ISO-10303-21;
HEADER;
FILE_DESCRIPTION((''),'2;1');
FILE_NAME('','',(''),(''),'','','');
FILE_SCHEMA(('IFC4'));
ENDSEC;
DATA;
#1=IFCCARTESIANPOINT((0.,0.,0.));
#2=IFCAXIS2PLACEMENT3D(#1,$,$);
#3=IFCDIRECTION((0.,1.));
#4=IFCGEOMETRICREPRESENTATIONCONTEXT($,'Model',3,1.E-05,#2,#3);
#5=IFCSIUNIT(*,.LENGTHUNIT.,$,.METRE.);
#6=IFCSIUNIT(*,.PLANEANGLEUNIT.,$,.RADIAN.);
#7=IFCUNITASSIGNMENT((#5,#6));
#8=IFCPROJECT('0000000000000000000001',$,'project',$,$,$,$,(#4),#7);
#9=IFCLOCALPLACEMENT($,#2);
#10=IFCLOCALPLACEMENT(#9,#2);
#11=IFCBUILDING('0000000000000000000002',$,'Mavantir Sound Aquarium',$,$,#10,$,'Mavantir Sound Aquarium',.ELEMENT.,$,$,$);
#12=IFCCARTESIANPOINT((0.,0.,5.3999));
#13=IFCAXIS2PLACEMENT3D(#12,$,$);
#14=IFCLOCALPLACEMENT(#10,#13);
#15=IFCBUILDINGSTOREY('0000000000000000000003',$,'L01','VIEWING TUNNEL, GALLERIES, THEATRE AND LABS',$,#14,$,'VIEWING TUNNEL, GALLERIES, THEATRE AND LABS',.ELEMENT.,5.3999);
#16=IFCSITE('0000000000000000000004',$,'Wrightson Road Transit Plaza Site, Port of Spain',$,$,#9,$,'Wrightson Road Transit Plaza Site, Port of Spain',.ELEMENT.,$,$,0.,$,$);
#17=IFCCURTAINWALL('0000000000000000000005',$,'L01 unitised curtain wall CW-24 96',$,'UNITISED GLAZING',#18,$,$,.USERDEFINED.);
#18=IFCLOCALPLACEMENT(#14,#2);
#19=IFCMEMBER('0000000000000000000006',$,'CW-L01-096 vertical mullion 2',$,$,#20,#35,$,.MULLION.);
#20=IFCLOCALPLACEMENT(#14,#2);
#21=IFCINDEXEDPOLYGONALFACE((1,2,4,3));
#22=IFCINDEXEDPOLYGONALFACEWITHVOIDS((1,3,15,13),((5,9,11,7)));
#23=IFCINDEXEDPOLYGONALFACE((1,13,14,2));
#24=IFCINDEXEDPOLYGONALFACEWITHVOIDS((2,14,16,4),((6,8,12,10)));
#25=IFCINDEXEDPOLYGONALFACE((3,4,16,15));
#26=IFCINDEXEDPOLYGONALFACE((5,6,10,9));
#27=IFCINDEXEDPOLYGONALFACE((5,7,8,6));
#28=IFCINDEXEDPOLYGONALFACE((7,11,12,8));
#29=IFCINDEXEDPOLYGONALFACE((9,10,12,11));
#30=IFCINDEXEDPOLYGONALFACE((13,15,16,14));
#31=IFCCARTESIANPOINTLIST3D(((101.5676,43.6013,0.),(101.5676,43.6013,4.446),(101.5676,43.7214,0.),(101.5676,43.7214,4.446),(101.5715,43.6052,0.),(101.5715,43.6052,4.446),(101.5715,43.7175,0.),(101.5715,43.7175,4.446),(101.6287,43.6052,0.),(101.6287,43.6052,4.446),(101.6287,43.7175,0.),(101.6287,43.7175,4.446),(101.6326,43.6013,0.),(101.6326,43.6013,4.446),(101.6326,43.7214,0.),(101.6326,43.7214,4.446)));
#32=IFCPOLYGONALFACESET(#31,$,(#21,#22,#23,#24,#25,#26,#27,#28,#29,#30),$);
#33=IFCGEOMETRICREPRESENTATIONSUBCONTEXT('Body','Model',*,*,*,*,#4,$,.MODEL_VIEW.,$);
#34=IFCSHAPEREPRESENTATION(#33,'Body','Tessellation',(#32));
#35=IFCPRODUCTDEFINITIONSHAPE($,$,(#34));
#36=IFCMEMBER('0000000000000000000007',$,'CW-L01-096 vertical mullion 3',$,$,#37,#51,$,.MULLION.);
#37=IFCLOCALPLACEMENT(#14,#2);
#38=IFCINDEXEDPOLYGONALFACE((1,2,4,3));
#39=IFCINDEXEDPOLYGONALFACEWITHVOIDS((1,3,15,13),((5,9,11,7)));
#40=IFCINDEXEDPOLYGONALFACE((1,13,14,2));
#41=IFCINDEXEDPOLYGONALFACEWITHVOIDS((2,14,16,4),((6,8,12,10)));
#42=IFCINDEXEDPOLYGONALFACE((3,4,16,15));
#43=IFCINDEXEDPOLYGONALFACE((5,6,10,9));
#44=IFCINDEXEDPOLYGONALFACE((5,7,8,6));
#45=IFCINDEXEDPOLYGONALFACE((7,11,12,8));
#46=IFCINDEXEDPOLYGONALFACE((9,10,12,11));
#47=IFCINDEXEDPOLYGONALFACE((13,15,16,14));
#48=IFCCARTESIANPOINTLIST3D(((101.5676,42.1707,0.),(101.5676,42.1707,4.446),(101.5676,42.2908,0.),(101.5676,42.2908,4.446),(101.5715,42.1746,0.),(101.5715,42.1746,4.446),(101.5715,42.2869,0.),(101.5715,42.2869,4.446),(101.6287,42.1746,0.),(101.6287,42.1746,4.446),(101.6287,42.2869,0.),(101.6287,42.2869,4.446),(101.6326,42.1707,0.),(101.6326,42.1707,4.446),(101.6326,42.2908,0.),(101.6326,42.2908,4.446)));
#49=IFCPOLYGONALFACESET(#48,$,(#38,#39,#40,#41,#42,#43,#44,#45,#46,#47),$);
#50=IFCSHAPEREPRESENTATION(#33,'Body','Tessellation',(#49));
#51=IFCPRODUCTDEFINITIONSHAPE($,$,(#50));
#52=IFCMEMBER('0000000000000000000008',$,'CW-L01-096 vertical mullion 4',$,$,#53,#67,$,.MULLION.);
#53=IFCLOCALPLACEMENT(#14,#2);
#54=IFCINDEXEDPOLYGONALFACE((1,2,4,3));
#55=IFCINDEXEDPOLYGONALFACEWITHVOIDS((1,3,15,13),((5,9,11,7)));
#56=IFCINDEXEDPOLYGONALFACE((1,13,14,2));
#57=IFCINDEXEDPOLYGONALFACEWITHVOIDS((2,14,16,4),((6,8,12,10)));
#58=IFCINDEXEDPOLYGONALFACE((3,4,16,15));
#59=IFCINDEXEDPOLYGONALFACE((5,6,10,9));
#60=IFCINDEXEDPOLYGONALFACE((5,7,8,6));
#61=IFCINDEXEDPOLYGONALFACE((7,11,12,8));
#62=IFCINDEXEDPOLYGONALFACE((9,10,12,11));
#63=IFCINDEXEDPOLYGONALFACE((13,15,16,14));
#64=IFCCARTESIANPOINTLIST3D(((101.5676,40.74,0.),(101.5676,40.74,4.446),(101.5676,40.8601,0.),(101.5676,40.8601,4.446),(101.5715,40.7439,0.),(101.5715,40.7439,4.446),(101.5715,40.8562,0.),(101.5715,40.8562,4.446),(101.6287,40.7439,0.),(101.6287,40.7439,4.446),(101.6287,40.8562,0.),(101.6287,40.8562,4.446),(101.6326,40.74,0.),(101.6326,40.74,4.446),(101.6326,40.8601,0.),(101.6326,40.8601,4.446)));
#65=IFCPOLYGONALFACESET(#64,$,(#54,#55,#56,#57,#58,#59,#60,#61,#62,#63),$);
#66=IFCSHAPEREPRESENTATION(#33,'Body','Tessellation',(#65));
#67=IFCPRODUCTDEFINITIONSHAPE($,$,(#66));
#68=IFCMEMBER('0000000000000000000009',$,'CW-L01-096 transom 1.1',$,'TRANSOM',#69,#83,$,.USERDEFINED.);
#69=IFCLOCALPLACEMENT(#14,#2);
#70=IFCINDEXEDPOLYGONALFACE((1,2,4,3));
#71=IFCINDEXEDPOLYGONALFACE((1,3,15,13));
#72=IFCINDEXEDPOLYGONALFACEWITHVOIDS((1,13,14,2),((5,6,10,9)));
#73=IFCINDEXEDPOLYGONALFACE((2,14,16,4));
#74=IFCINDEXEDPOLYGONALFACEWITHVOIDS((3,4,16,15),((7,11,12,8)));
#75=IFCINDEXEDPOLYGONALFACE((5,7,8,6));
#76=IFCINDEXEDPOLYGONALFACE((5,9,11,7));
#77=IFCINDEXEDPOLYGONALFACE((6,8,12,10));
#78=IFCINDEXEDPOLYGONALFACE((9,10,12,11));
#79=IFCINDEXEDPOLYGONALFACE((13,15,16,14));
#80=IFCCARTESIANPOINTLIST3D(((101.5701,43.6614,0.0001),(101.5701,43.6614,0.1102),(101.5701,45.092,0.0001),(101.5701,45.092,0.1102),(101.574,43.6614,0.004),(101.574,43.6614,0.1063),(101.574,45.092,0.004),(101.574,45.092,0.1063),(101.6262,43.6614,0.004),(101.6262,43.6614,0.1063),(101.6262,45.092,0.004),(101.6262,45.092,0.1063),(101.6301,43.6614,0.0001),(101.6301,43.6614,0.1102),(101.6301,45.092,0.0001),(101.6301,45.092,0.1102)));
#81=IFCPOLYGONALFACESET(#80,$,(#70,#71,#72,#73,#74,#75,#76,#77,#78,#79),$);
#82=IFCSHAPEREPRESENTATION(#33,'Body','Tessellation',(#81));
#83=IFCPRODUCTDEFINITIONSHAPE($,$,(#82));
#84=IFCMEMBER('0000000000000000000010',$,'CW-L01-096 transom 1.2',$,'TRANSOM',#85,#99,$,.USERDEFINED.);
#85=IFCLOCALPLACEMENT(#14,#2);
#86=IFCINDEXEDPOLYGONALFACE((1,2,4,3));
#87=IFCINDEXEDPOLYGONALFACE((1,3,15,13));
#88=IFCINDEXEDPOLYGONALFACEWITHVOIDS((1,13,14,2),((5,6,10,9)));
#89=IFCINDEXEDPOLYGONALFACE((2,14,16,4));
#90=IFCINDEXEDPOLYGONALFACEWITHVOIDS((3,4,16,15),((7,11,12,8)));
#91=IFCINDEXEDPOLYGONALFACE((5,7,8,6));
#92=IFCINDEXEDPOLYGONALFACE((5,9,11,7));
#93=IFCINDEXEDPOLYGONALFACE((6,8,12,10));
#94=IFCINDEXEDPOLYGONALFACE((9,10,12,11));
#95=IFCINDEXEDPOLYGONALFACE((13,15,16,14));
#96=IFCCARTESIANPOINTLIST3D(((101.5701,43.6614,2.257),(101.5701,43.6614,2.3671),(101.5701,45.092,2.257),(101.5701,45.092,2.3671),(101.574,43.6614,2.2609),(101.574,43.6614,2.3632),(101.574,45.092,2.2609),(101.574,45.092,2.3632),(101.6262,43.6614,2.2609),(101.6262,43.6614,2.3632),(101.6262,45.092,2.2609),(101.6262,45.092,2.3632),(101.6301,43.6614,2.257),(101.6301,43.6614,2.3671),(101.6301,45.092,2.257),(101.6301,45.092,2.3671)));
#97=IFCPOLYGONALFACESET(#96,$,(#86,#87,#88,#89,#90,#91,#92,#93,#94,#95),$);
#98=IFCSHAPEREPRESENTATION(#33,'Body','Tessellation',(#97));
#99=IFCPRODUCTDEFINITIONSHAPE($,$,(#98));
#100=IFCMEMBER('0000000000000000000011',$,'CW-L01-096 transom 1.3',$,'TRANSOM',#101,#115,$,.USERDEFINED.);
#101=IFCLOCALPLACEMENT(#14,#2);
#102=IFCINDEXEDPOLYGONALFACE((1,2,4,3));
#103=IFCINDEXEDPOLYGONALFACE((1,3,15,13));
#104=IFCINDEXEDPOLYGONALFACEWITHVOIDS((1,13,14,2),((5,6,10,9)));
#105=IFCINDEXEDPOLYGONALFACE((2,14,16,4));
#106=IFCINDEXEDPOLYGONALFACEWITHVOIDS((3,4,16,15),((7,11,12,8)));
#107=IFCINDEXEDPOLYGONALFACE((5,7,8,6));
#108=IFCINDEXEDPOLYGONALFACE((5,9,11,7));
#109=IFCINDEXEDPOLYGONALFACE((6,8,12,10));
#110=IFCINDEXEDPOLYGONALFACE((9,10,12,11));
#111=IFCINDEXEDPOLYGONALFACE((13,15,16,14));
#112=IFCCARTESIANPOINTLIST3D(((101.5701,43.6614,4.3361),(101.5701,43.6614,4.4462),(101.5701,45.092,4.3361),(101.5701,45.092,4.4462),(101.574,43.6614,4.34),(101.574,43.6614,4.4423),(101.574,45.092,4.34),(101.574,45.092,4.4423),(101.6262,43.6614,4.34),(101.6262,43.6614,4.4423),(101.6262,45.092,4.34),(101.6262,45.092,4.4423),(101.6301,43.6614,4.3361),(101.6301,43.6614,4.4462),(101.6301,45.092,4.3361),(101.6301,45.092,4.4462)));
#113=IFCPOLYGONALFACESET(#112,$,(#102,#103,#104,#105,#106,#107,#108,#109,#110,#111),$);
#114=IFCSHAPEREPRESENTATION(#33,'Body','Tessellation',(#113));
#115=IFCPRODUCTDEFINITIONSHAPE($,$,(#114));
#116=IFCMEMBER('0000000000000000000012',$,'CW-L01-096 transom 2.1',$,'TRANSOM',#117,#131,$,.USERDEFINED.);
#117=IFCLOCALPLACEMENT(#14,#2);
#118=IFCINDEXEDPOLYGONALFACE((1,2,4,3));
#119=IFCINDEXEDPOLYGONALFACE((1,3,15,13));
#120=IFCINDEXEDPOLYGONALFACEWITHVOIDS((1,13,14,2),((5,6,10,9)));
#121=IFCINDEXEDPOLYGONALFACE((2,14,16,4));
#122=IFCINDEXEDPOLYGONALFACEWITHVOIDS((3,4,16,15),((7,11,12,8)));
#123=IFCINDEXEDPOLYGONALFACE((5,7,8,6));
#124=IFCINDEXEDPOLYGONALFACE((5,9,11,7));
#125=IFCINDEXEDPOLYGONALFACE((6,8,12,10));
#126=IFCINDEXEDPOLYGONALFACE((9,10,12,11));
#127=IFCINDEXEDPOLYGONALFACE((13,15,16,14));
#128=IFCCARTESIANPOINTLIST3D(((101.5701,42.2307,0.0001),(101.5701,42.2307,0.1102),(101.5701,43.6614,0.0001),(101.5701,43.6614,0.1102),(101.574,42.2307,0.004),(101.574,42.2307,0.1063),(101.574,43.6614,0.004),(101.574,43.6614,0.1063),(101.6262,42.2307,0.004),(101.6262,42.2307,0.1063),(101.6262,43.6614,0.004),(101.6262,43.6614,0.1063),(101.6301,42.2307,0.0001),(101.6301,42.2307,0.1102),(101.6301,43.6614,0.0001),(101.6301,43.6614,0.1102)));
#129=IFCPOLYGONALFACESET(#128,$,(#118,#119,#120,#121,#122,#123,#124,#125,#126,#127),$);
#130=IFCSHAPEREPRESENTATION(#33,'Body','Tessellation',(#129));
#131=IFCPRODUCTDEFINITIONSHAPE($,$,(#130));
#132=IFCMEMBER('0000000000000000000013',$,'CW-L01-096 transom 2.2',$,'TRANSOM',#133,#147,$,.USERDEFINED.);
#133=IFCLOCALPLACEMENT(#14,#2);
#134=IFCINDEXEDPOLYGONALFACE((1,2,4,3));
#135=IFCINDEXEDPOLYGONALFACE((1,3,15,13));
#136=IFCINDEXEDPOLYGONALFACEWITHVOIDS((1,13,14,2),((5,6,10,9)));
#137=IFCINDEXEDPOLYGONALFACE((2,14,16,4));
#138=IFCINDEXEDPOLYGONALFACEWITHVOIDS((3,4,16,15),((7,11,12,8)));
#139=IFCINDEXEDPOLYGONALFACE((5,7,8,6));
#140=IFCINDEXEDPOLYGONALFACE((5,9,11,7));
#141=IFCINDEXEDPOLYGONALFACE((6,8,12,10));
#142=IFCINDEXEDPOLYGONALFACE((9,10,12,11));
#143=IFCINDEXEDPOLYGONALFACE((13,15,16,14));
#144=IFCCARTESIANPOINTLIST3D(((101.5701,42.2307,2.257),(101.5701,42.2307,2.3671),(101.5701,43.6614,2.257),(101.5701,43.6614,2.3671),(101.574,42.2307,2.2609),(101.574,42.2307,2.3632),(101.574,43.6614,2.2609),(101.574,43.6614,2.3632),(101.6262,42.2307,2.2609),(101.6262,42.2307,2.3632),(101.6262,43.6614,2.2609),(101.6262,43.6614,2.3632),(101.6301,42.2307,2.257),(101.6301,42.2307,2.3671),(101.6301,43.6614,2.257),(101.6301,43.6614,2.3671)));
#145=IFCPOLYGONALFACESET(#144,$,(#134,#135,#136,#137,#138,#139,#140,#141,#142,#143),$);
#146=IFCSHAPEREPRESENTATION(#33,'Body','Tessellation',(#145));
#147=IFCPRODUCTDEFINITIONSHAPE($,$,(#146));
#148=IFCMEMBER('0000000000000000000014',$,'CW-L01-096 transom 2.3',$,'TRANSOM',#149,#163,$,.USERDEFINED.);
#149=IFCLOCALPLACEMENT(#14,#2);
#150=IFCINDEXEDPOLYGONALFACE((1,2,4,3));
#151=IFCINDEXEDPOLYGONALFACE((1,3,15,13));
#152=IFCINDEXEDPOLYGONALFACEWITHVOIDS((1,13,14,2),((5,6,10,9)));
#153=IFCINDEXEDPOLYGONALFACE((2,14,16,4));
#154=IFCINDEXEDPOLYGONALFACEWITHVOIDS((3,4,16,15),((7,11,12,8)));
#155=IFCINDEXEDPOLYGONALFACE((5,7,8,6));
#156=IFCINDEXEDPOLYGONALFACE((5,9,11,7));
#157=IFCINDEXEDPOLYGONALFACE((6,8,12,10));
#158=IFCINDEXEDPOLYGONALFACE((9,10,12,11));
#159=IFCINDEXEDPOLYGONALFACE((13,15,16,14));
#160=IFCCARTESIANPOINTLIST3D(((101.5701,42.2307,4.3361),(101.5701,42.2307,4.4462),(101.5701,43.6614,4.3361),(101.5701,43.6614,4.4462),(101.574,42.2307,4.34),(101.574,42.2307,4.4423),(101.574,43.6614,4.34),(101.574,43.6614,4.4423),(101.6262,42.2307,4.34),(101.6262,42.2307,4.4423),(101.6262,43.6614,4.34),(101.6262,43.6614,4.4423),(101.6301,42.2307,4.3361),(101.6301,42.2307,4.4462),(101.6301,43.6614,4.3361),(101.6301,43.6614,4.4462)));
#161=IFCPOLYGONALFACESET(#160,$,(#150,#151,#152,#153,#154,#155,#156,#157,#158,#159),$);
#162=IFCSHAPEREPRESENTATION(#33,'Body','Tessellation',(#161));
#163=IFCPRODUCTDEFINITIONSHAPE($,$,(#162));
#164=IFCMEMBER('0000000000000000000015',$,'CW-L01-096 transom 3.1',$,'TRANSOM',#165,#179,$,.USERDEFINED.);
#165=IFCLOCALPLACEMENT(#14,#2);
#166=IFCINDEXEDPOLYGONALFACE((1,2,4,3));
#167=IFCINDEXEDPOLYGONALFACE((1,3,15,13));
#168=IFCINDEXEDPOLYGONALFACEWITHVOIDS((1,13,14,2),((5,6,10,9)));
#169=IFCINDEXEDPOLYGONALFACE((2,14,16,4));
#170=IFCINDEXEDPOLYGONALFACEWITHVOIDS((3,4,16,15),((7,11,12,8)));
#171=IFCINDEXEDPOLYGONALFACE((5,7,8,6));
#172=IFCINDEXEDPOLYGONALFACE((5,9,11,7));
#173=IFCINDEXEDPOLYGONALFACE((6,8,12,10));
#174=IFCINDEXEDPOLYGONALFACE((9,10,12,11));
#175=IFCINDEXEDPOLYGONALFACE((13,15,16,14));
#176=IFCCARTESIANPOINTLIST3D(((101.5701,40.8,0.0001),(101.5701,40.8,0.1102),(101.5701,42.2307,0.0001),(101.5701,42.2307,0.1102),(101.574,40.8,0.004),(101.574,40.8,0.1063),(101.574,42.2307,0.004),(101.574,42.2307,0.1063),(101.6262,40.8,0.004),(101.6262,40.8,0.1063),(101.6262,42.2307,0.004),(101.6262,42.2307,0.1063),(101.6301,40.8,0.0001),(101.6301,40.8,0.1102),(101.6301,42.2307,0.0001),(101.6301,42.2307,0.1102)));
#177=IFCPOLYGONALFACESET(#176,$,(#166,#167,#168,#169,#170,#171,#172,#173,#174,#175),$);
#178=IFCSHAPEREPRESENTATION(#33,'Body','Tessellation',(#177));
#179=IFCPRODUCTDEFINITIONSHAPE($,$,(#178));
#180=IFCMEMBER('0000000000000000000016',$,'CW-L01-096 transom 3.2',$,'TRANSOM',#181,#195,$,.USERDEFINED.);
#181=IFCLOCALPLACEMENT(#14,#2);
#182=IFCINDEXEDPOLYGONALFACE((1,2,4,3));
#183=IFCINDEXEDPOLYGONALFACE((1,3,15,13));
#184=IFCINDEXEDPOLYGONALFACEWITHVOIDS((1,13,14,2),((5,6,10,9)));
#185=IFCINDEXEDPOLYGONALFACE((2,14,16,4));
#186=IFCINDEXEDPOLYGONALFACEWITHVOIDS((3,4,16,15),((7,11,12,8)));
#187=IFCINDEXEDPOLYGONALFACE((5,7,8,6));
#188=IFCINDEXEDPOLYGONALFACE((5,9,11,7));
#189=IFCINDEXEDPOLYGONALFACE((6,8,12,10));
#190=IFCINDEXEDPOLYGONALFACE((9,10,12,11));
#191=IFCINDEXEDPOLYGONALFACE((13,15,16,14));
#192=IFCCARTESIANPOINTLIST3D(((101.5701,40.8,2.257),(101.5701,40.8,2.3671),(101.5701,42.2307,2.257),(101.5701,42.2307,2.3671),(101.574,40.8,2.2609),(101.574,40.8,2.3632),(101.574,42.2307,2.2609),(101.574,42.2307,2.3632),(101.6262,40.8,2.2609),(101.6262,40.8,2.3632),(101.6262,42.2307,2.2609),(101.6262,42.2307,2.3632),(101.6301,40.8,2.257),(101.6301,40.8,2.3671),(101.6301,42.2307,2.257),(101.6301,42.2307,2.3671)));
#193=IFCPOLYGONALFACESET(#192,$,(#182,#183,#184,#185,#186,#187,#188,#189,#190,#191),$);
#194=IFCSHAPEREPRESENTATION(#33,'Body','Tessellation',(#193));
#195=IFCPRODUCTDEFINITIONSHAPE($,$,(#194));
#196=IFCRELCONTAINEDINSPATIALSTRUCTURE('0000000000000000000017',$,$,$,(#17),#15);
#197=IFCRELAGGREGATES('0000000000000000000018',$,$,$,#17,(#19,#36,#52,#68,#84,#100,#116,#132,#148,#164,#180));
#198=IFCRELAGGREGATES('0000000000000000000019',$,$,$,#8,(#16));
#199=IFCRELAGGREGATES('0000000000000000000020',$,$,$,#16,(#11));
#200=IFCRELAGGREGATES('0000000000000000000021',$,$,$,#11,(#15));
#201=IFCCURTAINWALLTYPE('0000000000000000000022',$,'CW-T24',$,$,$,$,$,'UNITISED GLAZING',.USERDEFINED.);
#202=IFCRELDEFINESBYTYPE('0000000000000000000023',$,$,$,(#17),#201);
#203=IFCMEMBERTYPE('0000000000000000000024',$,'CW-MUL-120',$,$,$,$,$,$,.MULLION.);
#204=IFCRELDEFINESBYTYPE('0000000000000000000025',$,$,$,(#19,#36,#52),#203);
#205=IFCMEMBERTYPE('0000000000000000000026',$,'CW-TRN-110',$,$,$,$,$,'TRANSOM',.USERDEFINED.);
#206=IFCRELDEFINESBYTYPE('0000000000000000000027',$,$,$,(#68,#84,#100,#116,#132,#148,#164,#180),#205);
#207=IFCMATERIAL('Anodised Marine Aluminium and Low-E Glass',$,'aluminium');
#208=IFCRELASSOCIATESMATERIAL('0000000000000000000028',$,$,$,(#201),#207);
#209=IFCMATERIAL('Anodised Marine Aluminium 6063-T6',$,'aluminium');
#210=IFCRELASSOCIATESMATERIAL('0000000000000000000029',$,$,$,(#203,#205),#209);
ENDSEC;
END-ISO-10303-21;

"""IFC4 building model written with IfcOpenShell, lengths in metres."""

from ifc_helpers import new_model, si_unit, direction, frame, origin, origin_2d, place, context, subcontext, project, spatial, hollow_rectangle, extrude, material, material_profile, profile_set, type_object, element, aggregate, save


model = new_model("IFC4")

# Units and contexts
model_context = context("Model", 3, precision=1e-05, world=origin(), true_north=direction((0.0, 1.0)))
body_context = subcontext(model_context, "Body", "Model", "MODEL_VIEW")
ifc_project = project(units=[si_unit("LENGTHUNIT", "METRE"), si_unit("PLANEANGLEUNIT", "RADIAN")], contexts=[model_context])

# Site, building, storey
site_placement = place(None, origin())
site = spatial("IfcSite", under=ifc_project, at=site_placement, Name="Wrightson Road Transit Plaza Site, Port of Spain", LongName="Wrightson Road Transit Plaza Site, Port of Spain", CompositionType="ELEMENT", RefElevation=0.0)
building_placement = place(site_placement, origin())
building = spatial("IfcBuilding", under=site, at=building_placement, Name="Mavantir Sound Aquarium", LongName="Mavantir Sound Aquarium", CompositionType="ELEMENT")
storey_placement = place(building_placement, frame((0.0, 0.0, 5.3999)))
storey = spatial("IfcBuildingStorey", under=building, at=storey_placement, Name="L01", Description="VIEWING TUNNEL, GALLERIES, THEATRE AND LABS", LongName="VIEWING TUNNEL, GALLERIES, THEATRE AND LABS", CompositionType="ELEMENT", Elevation=5.3999)

# Shared definitions
ifc_material_1 = material(Name="Anodised Marine Aluminium and Low-E Glass", Category="aluminium")
ifc_material_2 = material(Name="Anodised Marine Aluminium 6063-T6", Category="aluminium")

# Curtain wall, members
curtain_wall_type_1 = type_object("IfcCurtainWallType", Name="CW-T24", ElementType="UNITISED GLAZING", PredefinedType="USERDEFINED", material=ifc_material_1)
curtain_wall_1_placement = place(storey_placement, origin())
curtain_wall_1 = element("IfcCurtainWall", 1, at=curtain_wall_1_placement, inside=storey, type_object=curtain_wall_type_1, Name="L01 unitised curtain wall CW-24 96", ObjectType="UNITISED GLAZING", PredefinedType="USERDEFINED")
ifc_material_profile_1 = material_profile(ifc_material_2, hollow_rectangle(XDim=0.0649, YDim=0.1201, WallThickness=0.0039, at=origin_2d()), Name="ALU-MULLION-120X65")
ifc_profile_set_1 = profile_set([ifc_material_profile_1], Name="Anodised Marine Aluminium 6063-T6")
member_type_1 = type_object("IfcMemberType", Name="CW-MUL-120", PredefinedType="MULLION", material=ifc_profile_set_1)
member_1_placement = place(storey_placement, frame((101.6001, 43.6614, 0.0), z_axis=(0.0, 0.0, 1.0), x_axis=(1.0, 0.0, 0.0)))
member_1 = element("IfcMember", 2, at=member_1_placement, type_object=member_type_1, Name="CW-L01-096 vertical mullion 2", PredefinedType="MULLION", context=body_context, shape_type="SweptSolid", body=[
    extrude(hollow_rectangle(XDim=0.0649, YDim=0.1201, WallThickness=0.0039, at=origin_2d()), origin(), (0.0, 0.0, 1.0), 4.446),
])
member_2_placement = place(storey_placement, frame((101.6001, 42.2307, 0.0), z_axis=(0.0, 0.0, 1.0), x_axis=(1.0, 0.0, 0.0)))
member_2 = element("IfcMember", 3, at=member_2_placement, type_object=member_type_1, Name="CW-L01-096 vertical mullion 3", PredefinedType="MULLION", context=body_context, shape_type="SweptSolid", body=[
    extrude(hollow_rectangle(XDim=0.0649, YDim=0.1201, WallThickness=0.0039, at=origin_2d()), origin(), (0.0, 0.0, 1.0), 4.446),
])
member_3_placement = place(storey_placement, frame((101.6001, 40.8, 0.0), z_axis=(0.0, 0.0, 1.0), x_axis=(1.0, 0.0, 0.0)))
member_3 = element("IfcMember", 4, at=member_3_placement, type_object=member_type_1, Name="CW-L01-096 vertical mullion 4", PredefinedType="MULLION", context=body_context, shape_type="SweptSolid", body=[
    extrude(hollow_rectangle(XDim=0.0649, YDim=0.1201, WallThickness=0.0039, at=origin_2d()), origin(), (0.0, 0.0, 1.0), 4.446),
])
ifc_material_profile_2 = material_profile(ifc_material_2, hollow_rectangle(XDim=0.0601, YDim=0.1101, WallThickness=0.0039, at=origin_2d()), Name="ALU-TRANSOM-110X60")
ifc_profile_set_2 = profile_set([ifc_material_profile_2], Name="Anodised Marine Aluminium 6063-T6")
member_type_2 = type_object("IfcMemberType", Name="CW-TRN-110", ElementType="TRANSOM", PredefinedType="USERDEFINED", material=ifc_profile_set_2)
member_4_placement = place(storey_placement, frame((101.6001, 45.092, 0.0552), z_axis=(0.0, -1.0, 0.0), x_axis=(1.0, 0.0, 0.0)))
member_4 = element("IfcMember", 5, at=member_4_placement, type_object=member_type_2, Name="CW-L01-096 transom 1.1", ObjectType="TRANSOM", PredefinedType="USERDEFINED", context=body_context, shape_type="SweptSolid", body=[
    extrude(hollow_rectangle(XDim=0.0601, YDim=0.1101, WallThickness=0.0039, at=origin_2d()), origin(), (0.0, 0.0, 1.0), 1.4307),
])
member_5_placement = place(storey_placement, frame((101.6001, 45.092, 2.312), z_axis=(0.0, -1.0, 0.0), x_axis=(1.0, 0.0, 0.0)))
member_5 = element("IfcMember", 6, at=member_5_placement, type_object=member_type_2, Name="CW-L01-096 transom 1.2", ObjectType="TRANSOM", PredefinedType="USERDEFINED", context=body_context, shape_type="SweptSolid", body=[
    extrude(hollow_rectangle(XDim=0.0601, YDim=0.1101, WallThickness=0.0039, at=origin_2d()), origin(), (0.0, 0.0, 1.0), 1.4307),
])
member_6_placement = place(storey_placement, frame((101.6001, 45.092, 4.3911), z_axis=(0.0, -1.0, 0.0), x_axis=(1.0, 0.0, 0.0)))
member_6 = element("IfcMember", 7, at=member_6_placement, type_object=member_type_2, Name="CW-L01-096 transom 1.3", ObjectType="TRANSOM", PredefinedType="USERDEFINED", context=body_context, shape_type="SweptSolid", body=[
    extrude(hollow_rectangle(XDim=0.0601, YDim=0.1101, WallThickness=0.0039, at=origin_2d()), origin(), (0.0, 0.0, 1.0), 1.4307),
])
member_7_placement = place(storey_placement, frame((101.6001, 43.6614, 0.0552), z_axis=(0.0, -1.0, 0.0), x_axis=(1.0, 0.0, 0.0)))
member_7 = element("IfcMember", 8, at=member_7_placement, type_object=member_type_2, Name="CW-L01-096 transom 2.1", ObjectType="TRANSOM", PredefinedType="USERDEFINED", context=body_context, shape_type="SweptSolid", body=[
    extrude(hollow_rectangle(XDim=0.0601, YDim=0.1101, WallThickness=0.0039, at=origin_2d()), origin(), (0.0, 0.0, 1.0), 1.4307),
])
member_8_placement = place(storey_placement, frame((101.6001, 43.6614, 2.312), z_axis=(0.0, -1.0, 0.0), x_axis=(1.0, 0.0, 0.0)))
member_8 = element("IfcMember", 9, at=member_8_placement, type_object=member_type_2, Name="CW-L01-096 transom 2.2", ObjectType="TRANSOM", PredefinedType="USERDEFINED", context=body_context, shape_type="SweptSolid", body=[
    extrude(hollow_rectangle(XDim=0.0601, YDim=0.1101, WallThickness=0.0039, at=origin_2d()), origin(), (0.0, 0.0, 1.0), 1.4307),
])
member_9_placement = place(storey_placement, frame((101.6001, 43.6614, 4.3911), z_axis=(0.0, -1.0, 0.0), x_axis=(1.0, 0.0, 0.0)))
member_9 = element("IfcMember", 10, at=member_9_placement, type_object=member_type_2, Name="CW-L01-096 transom 2.3", ObjectType="TRANSOM", PredefinedType="USERDEFINED", context=body_context, shape_type="SweptSolid", body=[
    extrude(hollow_rectangle(XDim=0.0601, YDim=0.1101, WallThickness=0.0039, at=origin_2d()), origin(), (0.0, 0.0, 1.0), 1.4307),
])
member_10_placement = place(storey_placement, frame((101.6001, 42.2307, 0.0552), z_axis=(0.0, -1.0, 0.0), x_axis=(1.0, 0.0, 0.0)))
member_10 = element("IfcMember", 11, at=member_10_placement, type_object=member_type_2, Name="CW-L01-096 transom 3.1", ObjectType="TRANSOM", PredefinedType="USERDEFINED", context=body_context, shape_type="SweptSolid", body=[
    extrude(hollow_rectangle(XDim=0.0601, YDim=0.1101, WallThickness=0.0039, at=origin_2d()), origin(), (0.0, 0.0, 1.0), 1.4307),
])
member_11_placement = place(storey_placement, frame((101.6001, 42.2307, 2.312), z_axis=(0.0, -1.0, 0.0), x_axis=(1.0, 0.0, 0.0)))
member_11 = element("IfcMember", 12, at=member_11_placement, type_object=member_type_2, Name="CW-L01-096 transom 3.2", ObjectType="TRANSOM", PredefinedType="USERDEFINED", context=body_context, shape_type="SweptSolid", body=[
    extrude(hollow_rectangle(XDim=0.0601, YDim=0.1101, WallThickness=0.0039, at=origin_2d()), origin(), (0.0, 0.0, 1.0), 1.4307),
])

aggregate(curtain_wall_1, [member_1, member_2, member_3, member_4, member_5, member_6, member_7, member_8, member_9, member_10, member_11])

save(model, "model.ifc")
